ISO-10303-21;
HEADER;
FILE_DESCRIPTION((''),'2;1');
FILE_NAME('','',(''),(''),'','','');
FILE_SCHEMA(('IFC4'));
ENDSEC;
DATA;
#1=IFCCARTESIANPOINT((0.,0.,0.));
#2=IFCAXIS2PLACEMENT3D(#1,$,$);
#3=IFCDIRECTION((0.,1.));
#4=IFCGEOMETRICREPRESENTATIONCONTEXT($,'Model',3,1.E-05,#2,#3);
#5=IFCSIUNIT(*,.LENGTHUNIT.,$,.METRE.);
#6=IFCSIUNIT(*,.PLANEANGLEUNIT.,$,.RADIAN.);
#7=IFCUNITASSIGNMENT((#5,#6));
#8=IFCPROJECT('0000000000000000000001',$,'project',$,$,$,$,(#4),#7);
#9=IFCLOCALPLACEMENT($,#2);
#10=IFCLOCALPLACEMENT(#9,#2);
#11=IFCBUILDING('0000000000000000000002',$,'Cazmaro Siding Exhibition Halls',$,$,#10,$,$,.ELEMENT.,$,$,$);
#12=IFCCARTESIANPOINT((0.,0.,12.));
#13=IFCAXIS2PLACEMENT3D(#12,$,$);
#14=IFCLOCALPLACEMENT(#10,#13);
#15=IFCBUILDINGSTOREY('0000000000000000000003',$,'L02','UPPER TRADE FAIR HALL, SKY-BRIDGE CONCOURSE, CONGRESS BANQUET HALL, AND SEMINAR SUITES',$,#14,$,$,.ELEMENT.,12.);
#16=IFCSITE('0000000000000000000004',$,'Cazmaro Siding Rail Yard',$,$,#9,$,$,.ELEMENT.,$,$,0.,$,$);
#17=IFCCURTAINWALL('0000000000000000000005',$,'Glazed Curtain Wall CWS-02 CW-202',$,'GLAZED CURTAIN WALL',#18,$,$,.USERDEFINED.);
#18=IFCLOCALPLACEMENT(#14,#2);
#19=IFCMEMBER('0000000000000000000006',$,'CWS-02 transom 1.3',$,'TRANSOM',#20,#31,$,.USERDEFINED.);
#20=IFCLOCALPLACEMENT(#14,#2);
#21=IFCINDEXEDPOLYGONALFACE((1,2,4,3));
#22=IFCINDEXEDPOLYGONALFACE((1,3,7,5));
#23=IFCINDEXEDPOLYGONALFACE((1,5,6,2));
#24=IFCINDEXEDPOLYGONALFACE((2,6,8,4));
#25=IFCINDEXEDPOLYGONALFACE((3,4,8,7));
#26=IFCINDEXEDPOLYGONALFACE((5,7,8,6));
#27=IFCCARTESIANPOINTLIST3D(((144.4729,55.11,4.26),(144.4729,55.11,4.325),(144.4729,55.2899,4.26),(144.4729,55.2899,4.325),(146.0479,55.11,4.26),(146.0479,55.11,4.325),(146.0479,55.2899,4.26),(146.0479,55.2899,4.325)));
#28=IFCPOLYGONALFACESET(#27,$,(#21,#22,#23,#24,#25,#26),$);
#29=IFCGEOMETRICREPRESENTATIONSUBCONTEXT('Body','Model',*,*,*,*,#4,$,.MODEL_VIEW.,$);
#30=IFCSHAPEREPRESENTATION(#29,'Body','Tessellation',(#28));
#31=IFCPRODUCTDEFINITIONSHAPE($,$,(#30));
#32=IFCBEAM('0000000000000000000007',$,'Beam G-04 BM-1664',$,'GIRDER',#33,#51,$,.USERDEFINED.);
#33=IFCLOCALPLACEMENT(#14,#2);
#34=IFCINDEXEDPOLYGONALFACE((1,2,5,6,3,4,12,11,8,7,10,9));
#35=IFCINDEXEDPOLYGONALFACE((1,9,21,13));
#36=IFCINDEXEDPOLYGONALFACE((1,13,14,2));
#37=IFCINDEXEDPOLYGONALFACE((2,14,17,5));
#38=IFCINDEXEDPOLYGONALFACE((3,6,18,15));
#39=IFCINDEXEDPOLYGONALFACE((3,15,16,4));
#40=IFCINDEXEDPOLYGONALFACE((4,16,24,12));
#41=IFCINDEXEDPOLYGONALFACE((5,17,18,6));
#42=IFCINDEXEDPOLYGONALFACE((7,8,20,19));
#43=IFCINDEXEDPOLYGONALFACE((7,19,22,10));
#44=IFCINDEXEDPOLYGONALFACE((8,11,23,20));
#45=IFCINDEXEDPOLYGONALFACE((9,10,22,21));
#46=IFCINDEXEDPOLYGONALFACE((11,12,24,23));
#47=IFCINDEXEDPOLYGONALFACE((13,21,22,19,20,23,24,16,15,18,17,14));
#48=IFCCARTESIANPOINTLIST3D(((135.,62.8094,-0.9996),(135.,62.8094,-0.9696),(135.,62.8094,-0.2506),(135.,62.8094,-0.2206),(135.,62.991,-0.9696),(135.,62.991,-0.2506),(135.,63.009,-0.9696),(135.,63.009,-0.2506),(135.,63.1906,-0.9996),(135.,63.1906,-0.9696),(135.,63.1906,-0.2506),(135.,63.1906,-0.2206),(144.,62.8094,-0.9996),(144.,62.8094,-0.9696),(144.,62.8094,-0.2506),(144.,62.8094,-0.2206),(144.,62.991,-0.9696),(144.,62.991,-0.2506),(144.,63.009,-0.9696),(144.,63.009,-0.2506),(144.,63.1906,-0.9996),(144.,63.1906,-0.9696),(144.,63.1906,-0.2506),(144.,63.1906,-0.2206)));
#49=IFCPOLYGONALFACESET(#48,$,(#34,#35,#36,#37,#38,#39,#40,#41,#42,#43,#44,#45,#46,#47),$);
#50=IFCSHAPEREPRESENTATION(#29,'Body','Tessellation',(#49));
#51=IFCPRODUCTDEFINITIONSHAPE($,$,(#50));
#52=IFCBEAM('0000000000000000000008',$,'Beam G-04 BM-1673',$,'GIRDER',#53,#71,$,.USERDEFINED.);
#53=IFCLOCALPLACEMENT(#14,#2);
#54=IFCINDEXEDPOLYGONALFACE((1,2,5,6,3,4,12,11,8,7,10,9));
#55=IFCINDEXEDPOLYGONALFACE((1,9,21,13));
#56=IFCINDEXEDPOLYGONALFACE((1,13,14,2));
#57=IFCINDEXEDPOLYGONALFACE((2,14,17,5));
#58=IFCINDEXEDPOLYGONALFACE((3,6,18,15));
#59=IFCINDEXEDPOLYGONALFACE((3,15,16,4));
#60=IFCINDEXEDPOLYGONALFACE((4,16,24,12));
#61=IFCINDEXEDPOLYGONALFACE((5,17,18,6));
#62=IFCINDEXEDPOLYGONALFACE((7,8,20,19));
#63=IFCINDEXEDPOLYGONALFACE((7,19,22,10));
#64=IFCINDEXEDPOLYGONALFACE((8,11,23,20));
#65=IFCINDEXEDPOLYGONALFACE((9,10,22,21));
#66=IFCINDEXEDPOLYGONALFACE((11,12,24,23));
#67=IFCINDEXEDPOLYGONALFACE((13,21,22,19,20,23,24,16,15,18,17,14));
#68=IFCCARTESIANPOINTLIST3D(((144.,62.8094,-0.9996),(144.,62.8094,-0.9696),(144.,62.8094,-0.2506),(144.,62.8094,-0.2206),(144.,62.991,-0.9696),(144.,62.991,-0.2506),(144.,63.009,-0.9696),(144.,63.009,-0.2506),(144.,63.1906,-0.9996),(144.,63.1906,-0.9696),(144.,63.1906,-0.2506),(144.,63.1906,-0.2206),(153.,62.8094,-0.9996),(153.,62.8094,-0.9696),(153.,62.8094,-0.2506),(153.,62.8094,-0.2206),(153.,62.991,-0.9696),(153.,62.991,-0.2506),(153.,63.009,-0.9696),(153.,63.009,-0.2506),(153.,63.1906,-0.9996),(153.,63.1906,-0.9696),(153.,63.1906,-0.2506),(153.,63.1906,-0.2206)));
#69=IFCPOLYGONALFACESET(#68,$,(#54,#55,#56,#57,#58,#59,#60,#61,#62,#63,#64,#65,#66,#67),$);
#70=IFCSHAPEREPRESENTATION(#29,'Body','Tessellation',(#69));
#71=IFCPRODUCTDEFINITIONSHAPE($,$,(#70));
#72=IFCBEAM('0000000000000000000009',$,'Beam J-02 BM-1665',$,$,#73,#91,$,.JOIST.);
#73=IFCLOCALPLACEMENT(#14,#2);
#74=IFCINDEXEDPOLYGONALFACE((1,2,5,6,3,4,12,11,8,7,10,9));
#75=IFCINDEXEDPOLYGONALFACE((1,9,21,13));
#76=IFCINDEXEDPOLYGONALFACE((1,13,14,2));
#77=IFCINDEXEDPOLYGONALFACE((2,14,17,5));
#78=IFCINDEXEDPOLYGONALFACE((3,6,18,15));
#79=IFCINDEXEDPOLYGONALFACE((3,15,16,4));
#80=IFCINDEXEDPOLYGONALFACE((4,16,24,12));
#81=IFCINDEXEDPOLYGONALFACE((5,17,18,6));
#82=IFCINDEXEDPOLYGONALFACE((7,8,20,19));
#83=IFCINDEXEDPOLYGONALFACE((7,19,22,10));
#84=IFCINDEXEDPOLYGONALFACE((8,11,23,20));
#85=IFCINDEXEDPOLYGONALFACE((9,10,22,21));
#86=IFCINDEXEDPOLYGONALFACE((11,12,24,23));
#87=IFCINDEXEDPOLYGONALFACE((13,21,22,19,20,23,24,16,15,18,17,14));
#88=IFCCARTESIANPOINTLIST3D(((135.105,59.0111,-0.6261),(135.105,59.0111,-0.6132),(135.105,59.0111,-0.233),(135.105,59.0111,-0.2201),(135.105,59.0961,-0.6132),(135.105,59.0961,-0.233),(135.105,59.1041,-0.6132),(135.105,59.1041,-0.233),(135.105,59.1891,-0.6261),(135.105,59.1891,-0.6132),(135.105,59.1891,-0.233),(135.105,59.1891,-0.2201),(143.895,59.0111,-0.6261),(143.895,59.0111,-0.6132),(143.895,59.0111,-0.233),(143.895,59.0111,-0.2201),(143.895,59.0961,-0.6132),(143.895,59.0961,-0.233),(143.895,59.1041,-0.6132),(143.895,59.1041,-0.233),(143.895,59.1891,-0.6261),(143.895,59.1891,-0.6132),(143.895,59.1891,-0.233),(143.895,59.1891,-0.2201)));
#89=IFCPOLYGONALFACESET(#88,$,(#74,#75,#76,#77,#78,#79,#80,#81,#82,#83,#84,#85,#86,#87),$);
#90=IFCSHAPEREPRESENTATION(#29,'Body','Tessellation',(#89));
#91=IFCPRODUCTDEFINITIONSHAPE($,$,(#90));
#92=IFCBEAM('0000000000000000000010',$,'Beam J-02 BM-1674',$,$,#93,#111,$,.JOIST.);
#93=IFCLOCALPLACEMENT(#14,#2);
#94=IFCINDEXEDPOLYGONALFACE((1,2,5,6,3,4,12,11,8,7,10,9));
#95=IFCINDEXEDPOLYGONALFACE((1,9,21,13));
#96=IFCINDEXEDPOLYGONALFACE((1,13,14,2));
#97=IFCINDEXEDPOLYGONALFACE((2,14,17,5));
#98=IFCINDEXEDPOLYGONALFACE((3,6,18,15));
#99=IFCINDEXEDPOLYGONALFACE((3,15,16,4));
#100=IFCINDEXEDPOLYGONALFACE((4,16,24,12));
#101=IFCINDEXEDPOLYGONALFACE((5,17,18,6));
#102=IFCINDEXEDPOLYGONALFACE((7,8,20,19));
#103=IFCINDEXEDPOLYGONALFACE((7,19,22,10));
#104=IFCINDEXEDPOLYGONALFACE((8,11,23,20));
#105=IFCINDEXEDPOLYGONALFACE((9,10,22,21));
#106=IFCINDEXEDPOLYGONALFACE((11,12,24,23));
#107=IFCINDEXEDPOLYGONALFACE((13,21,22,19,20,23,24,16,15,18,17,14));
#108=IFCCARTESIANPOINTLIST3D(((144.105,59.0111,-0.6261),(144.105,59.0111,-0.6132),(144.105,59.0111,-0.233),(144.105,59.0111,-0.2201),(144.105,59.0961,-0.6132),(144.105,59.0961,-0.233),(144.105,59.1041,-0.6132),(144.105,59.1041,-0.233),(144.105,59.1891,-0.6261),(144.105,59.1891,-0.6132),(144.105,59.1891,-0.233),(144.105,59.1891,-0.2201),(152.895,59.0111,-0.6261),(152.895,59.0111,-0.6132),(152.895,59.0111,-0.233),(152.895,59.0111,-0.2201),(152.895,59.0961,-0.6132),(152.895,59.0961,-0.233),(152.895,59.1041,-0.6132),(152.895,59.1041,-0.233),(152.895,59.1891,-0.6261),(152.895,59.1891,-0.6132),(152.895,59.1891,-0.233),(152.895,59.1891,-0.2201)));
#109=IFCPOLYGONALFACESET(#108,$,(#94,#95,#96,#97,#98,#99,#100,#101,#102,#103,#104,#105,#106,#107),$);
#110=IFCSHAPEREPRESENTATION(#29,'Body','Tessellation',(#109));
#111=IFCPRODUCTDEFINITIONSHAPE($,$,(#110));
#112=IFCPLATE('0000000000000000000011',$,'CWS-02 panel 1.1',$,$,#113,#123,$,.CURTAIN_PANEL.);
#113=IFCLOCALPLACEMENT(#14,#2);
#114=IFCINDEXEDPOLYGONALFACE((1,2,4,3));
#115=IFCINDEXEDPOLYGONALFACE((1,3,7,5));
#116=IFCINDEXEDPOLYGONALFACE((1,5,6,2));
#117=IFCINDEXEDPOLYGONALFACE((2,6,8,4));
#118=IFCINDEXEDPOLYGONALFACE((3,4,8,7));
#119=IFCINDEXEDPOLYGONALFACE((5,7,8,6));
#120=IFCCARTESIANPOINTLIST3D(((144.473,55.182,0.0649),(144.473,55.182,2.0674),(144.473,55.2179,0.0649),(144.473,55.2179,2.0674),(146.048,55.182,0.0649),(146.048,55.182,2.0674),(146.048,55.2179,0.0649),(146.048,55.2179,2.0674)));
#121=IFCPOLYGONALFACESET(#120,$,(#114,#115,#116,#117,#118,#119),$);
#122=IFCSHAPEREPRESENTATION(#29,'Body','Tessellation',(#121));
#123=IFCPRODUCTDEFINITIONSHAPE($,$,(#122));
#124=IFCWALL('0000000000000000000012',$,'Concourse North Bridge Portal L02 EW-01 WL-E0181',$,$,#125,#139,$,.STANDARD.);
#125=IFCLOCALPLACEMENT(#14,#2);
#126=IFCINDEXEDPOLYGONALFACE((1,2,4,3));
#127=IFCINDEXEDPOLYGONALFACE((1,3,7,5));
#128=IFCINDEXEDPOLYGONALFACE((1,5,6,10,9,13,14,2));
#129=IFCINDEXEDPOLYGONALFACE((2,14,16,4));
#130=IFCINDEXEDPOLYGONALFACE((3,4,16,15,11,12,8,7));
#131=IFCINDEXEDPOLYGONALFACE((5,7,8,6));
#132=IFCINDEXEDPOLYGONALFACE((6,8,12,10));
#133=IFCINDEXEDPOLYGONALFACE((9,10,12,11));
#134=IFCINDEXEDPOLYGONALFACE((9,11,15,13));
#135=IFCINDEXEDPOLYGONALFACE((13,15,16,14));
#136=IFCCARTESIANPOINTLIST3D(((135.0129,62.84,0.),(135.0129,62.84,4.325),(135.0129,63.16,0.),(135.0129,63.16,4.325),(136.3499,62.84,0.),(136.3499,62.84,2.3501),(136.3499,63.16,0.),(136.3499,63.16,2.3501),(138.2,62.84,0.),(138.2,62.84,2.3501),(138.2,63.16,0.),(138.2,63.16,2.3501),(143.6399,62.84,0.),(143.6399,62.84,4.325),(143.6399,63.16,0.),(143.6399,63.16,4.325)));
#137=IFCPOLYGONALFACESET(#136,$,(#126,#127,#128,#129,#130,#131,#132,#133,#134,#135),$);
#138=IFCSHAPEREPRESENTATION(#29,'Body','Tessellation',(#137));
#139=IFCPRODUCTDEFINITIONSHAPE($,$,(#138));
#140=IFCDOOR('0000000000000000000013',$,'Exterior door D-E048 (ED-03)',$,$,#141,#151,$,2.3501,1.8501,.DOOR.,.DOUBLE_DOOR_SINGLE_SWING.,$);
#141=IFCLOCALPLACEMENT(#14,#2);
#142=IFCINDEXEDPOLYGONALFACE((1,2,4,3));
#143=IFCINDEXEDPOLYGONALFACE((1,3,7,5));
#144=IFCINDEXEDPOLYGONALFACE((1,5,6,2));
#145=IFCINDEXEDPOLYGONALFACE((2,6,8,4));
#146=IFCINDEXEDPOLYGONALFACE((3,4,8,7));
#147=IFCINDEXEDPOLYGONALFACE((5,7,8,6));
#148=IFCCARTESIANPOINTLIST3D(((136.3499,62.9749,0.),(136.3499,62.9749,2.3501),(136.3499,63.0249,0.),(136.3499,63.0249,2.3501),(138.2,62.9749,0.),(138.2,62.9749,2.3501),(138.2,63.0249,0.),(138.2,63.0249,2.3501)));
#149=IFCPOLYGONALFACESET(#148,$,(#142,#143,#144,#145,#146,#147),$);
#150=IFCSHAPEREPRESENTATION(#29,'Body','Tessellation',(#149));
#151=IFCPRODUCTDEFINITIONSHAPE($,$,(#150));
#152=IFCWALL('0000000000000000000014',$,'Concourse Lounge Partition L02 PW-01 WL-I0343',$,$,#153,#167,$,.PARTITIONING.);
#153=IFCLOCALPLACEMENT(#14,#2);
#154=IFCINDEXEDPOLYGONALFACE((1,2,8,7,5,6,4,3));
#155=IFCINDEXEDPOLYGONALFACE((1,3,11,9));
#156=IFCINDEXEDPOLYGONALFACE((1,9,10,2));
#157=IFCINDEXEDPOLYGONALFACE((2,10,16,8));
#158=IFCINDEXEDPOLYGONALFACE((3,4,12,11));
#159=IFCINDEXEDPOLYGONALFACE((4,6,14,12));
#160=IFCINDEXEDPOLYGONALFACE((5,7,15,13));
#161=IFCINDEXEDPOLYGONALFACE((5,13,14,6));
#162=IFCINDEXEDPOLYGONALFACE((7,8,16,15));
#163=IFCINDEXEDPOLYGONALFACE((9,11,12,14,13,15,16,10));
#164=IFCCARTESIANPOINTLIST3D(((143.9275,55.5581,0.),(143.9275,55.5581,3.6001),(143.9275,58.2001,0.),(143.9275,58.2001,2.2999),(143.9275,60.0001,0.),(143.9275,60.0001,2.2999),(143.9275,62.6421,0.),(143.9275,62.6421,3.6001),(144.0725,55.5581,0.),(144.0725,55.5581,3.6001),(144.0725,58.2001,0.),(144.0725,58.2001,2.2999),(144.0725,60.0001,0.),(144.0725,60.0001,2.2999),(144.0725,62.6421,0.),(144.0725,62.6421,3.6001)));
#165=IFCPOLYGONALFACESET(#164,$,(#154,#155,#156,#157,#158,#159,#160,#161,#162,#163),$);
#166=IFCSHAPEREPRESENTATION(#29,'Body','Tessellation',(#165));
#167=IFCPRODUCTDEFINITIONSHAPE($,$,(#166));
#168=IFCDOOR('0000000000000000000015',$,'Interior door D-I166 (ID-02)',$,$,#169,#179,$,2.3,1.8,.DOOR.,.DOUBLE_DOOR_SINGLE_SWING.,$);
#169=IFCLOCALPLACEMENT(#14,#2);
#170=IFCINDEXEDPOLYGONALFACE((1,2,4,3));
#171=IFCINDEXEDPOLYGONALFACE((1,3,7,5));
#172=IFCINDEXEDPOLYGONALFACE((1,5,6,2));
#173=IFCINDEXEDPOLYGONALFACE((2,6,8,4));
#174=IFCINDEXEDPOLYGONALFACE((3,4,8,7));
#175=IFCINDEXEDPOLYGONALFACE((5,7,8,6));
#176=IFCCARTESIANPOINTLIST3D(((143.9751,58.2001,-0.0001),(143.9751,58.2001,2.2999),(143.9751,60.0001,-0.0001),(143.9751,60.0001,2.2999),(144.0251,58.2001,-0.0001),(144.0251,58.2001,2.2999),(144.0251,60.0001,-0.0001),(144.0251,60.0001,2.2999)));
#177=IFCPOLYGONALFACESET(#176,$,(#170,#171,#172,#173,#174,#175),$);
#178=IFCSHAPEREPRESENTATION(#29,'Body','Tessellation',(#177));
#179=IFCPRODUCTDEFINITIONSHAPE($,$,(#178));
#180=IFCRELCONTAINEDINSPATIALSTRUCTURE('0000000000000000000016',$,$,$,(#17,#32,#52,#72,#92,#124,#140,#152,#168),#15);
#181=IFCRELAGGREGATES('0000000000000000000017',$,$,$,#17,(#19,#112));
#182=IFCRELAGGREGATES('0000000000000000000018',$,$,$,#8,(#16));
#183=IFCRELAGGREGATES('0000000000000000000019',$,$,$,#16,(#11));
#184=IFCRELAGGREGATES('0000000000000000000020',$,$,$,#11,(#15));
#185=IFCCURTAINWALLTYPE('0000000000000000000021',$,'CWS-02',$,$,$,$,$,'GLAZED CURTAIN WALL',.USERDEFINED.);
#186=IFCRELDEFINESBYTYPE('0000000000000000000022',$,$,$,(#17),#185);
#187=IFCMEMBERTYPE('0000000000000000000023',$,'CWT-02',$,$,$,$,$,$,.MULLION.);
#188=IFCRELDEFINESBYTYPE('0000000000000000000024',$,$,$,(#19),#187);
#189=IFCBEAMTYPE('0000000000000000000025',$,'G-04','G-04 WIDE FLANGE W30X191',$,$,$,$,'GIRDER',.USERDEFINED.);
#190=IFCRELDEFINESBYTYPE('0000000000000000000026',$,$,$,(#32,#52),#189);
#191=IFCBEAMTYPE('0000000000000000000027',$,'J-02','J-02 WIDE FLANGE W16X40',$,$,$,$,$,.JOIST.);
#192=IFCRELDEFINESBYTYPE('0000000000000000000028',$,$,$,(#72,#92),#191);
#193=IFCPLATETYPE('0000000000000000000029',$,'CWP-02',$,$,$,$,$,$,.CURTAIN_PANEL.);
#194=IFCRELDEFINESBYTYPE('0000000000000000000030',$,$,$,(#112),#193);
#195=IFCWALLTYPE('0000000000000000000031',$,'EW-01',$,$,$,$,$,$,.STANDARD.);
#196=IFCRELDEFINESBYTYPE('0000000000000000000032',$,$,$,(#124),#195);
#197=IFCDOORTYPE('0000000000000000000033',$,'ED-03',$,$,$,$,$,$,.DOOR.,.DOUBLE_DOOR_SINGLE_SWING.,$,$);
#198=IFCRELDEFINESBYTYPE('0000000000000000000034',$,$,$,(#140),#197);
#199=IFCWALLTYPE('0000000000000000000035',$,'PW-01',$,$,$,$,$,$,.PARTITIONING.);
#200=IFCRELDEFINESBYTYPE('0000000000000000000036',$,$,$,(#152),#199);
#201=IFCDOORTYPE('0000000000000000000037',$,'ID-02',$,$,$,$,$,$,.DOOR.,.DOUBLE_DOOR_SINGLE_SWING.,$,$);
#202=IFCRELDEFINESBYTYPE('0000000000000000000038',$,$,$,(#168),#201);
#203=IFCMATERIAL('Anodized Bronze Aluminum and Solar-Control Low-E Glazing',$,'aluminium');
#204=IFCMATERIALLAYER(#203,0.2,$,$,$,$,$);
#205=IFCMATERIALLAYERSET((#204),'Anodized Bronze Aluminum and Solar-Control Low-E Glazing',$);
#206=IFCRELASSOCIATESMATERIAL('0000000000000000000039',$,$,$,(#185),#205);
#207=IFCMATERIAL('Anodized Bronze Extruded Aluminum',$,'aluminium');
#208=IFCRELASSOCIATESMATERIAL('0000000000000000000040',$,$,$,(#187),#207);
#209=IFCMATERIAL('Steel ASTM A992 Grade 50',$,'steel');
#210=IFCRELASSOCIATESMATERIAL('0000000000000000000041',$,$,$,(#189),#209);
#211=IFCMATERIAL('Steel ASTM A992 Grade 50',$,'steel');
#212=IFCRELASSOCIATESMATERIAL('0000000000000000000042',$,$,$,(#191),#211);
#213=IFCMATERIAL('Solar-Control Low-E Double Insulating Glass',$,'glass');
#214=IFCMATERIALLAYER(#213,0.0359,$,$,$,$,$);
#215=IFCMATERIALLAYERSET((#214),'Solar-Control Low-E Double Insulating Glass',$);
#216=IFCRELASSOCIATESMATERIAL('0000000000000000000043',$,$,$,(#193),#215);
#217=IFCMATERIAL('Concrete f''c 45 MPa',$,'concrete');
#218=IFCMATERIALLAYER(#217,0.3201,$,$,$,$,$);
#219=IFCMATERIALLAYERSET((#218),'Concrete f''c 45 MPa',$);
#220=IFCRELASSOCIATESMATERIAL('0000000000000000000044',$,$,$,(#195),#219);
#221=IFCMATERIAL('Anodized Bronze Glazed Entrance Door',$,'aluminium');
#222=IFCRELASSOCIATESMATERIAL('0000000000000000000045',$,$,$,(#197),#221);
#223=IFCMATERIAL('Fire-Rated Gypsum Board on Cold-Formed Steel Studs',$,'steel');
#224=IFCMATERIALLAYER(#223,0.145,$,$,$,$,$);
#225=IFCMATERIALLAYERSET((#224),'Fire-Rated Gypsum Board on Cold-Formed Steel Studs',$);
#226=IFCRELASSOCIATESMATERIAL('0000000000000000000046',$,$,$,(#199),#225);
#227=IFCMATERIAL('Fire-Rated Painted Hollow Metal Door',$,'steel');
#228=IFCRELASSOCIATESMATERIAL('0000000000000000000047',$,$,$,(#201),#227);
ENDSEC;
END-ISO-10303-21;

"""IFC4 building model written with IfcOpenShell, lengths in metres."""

from ifc_helpers import new_model, si_unit, direction, frame, frame_2d, origin, origin_2d, place, context, subcontext, project, spatial, rectangle, i_section, extrude, material, layer, layer_set, material_profile, profile_set, type_object, element, fill, aggregate, save


model = new_model("IFC4")

# Units and contexts
model_context = context("Model", 3, precision=1e-05, world=origin(), true_north=direction((0.0, 1.0)))
body_context = subcontext(model_context, "Body", "Model", "MODEL_VIEW")
ifc_project = project(units=[si_unit("LENGTHUNIT", "METRE"), si_unit("PLANEANGLEUNIT", "RADIAN")], contexts=[model_context])

# Site, building, storey
site_placement = place(None, origin())
site = spatial("IfcSite", under=ifc_project, at=site_placement, Name="Cazmaro Siding Rail Yard", CompositionType="ELEMENT", RefElevation=0.0)
building_placement = place(site_placement, origin())
building = spatial("IfcBuilding", under=site, at=building_placement, Name="Cazmaro Siding Exhibition Halls", CompositionType="ELEMENT")
storey_placement = place(building_placement, frame((0.0, 0.0, 12.0)))
storey = spatial("IfcBuildingStorey", under=building, at=storey_placement, Name="L02", Description="UPPER TRADE FAIR HALL, SKY-BRIDGE CONCOURSE, CONGRESS BANQUET HALL, AND SEMINAR SUITES", CompositionType="ELEMENT", Elevation=12.0)

# Curtain wall
ifc_material_1 = material(Name="Anodized Bronze Aluminum and Solar-Control Low-E Glazing", Category="aluminium")
ifc_layer_1 = layer(ifc_material_1, 0.2)
ifc_layer_set_1 = layer_set([ifc_layer_1], Name="Anodized Bronze Aluminum and Solar-Control Low-E Glazing")
curtain_wall_type = type_object("IfcCurtainWallType", Name="CWS-02", ElementType="GLAZED CURTAIN WALL", PredefinedType="USERDEFINED", material=ifc_layer_set_1)
curtain_wall_1_placement = place(storey_placement, origin())
curtain_wall_1 = element("IfcCurtainWall", 1, at=curtain_wall_1_placement, inside=storey, type_object=curtain_wall_type, Name="Glazed Curtain Wall CWS-02 CW-202", ObjectType="GLAZED CURTAIN WALL", PredefinedType="USERDEFINED")

# Member
ifc_material_2 = material(Name="Anodized Bronze Extruded Aluminum", Category="aluminium")
ifc_material_profile_1 = material_profile(ifc_material_2, rectangle(XDim=0.1799, YDim=0.0649, at=origin_2d()), Name="CWT-02")
ifc_profile_set_1 = profile_set([ifc_material_profile_1], Name="Anodized Bronze Extruded Aluminum")
member_type_1 = type_object("IfcMemberType", Name="CWT-02", PredefinedType="MULLION", material=ifc_profile_set_1)
member_1_placement = place(storey_placement, frame((144.4729, 55.2, 4.2925), z_axis=(1.0, 0.0, 0.0), x_axis=(0.0, 1.0, 0.0)))
member_1 = element("IfcMember", 2, at=member_1_placement, type_object=member_type_1, Name="CWS-02 transom 1.3", ObjectType="TRANSOM", PredefinedType="USERDEFINED", context=body_context, shape_type="SweptSolid", body=[
    extrude(rectangle(XDim=0.1799, YDim=0.0649, at=origin_2d()), origin(), (0.0, 0.0, 1.0), 1.575),
])

# Beams
ifc_material_3 = material(Name="Steel ASTM A992 Grade 50", Category="steel")
ifc_material_profile_2 = material_profile(ifc_material_3, i_section(OverallWidth=0.3811, OverallDepth=0.7791, WebThickness=0.0181, FlangeThickness=0.03, at=origin_2d()), Name="W30X191")
ifc_profile_set_2 = profile_set([ifc_material_profile_2], Name="Steel ASTM A992 Grade 50")
beam_type_1 = type_object("IfcBeamType", Name="G-04", Description="G-04 WIDE FLANGE W30X191", ElementType="GIRDER", PredefinedType="USERDEFINED", material=ifc_profile_set_2)
for number, where, z_axis, x_axis, name in (
    (3, (135.0, 63.0, -0.6101), (1.0, 0.0, 0.0), (0.0, 1.0, 0.0), "Beam G-04 BM-1664"),
    (4, (144.0, 63.0, -0.6101), (1.0, 0.0, 0.0), (0.0, 1.0, 0.0), "Beam G-04 BM-1673"),
):
    element("IfcBeam", number, at=place(storey_placement, frame(where, z_axis=z_axis, x_axis=x_axis)), inside=storey, type_object=beam_type_1, Name=name, ObjectType="GIRDER", PredefinedType="USERDEFINED", context=body_context, shape_type="SweptSolid", body=[
        extrude(i_section(OverallWidth=0.3811, OverallDepth=0.7791, WebThickness=0.0181, FlangeThickness=0.03, at=origin_2d()), origin(), (0.0, 0.0, 1.0), 9.0),
    ])
ifc_material_4 = material(Name="Steel ASTM A992 Grade 50", Category="steel")
ifc_material_profile_3 = material_profile(ifc_material_4, i_section(OverallWidth=0.178, OverallDepth=0.406, WebThickness=0.0081, FlangeThickness=0.0129, at=origin_2d()), Name="W16X40")
ifc_profile_set_3 = profile_set([ifc_material_profile_3], Name="Steel ASTM A992 Grade 50")
beam_type_2 = type_object("IfcBeamType", Name="J-02", Description="J-02 WIDE FLANGE W16X40", PredefinedType="JOIST", material=ifc_profile_set_3)
for number, where, z_axis, x_axis, name in (
    (5, (135.105, 59.1001, -0.4231), (1.0, 0.0, 0.0), (0.0, 1.0, 0.0), "Beam J-02 BM-1665"),
    (6, (144.105, 59.1001, -0.4231), (1.0, 0.0, 0.0), (0.0, 1.0, 0.0), "Beam J-02 BM-1674"),
):
    element("IfcBeam", number, at=place(storey_placement, frame(where, z_axis=z_axis, x_axis=x_axis)), inside=storey, type_object=beam_type_2, Name=name, PredefinedType="JOIST", context=body_context, shape_type="SweptSolid", body=[
        extrude(i_section(OverallWidth=0.178, OverallDepth=0.406, WebThickness=0.0081, FlangeThickness=0.0129, at=origin_2d()), origin(), (0.0, 0.0, 1.0), 8.79),
    ])

# Plate
ifc_material_5 = material(Name="Solar-Control Low-E Double Insulating Glass", Category="glass")
ifc_layer_2 = layer(ifc_material_5, 0.0359)
ifc_layer_set_2 = layer_set([ifc_layer_2], Name="Solar-Control Low-E Double Insulating Glass")
plate_type = type_object("IfcPlateType", Name="CWP-02", PredefinedType="CURTAIN_PANEL", material=ifc_layer_set_2)
plate_placement = place(storey_placement, frame((145.2605, 55.2, 0.0649), z_axis=(0.0, 0.0, 1.0), x_axis=(1.0, 0.0, 0.0)))
plate = element("IfcPlate", 7, at=plate_placement, type_object=plate_type, Name="CWS-02 panel 1.1", PredefinedType="CURTAIN_PANEL", context=body_context, shape_type="SweptSolid", body=[
    extrude(rectangle(XDim=1.575, YDim=0.0359, at=origin_2d()), origin(), (0.0, 0.0, 1.0), 2.0024),
])
aggregate(curtain_wall_1, [member_1, plate])

# Walls, openings, doors
ifc_material_6 = material(Name="Concrete f'c 45 MPa", Category="concrete")
ifc_layer_3 = layer(ifc_material_6, 0.3201)
ifc_layer_set_3 = layer_set([ifc_layer_3], Name="Concrete f'c 45 MPa")
wall_type_1 = type_object("IfcWallType", Name="EW-01", PredefinedType="STANDARD", material=ifc_layer_set_3)
wall_1_placement = place(storey_placement, frame((135.0129, 63.0, 0.0), z_axis=(0.0, 0.0, 1.0), x_axis=(1.0, 0.0, 0.0)))
wall_1 = element("IfcWall", 8, at=wall_1_placement, inside=storey, type_object=wall_type_1, Name="Concourse North Bridge Portal L02 EW-01 WL-E0181", PredefinedType="STANDARD", context=body_context, shape_type="SweptSolid", body=[
    extrude(rectangle(XDim=8.627, YDim=0.3201, at=frame_2d((4.3135, 0.0))), origin(), (0.0, 0.0, 1.0), 4.325),
])
opening_1_placement = place(wall_1_placement, frame((1.3369, 0.0, 0.0)))
opening_1 = element("IfcOpeningElement", 9, at=opening_1_placement, cuts=wall_1, PredefinedType="OPENING", context=body_context, shape_type="SweptSolid", body=[
    extrude(rectangle(XDim=1.8501, YDim=2.3501, at=frame_2d((0.925, 1.175))), frame((0.0, 0.1699, 0.0), z_axis=(0.0, -1.0, 0.0), x_axis=(1.0, 0.0, 0.0)), (0.0, 0.0, 1.0), 0.3401),
])
ifc_material_7 = material(Name="Anodized Bronze Glazed Entrance Door", Category="aluminium")
door_type_1 = type_object("IfcDoorType", Name="ED-03", OperationType="DOUBLE_DOOR_SINGLE_SWING", PredefinedType="DOOR", material=ifc_material_7)
door_1_placement = place(opening_1_placement, origin())
door_1 = element("IfcDoor", 10, at=door_1_placement, inside=storey, type_object=door_type_1, Name="Exterior door D-E048 (ED-03)", OperationType="DOUBLE_DOOR_SINGLE_SWING", OverallHeight=2.3501, OverallWidth=1.8501, PredefinedType="DOOR", context=body_context, shape_type="SweptSolid", body=[
    extrude(rectangle(XDim=1.8501, YDim=2.3501, at=frame_2d((0.925, 1.175))), frame((0.0, 0.0249, 0.0), z_axis=(0.0, -1.0, 0.0), x_axis=(1.0, 0.0, 0.0)), (0.0, 0.0, 1.0), 0.05),
])
fill(opening_1, door_1)
ifc_material_8 = material(Name="Fire-Rated Gypsum Board on Cold-Formed Steel Studs", Category="steel")
ifc_layer_4 = layer(ifc_material_8, 0.145)
ifc_layer_set_4 = layer_set([ifc_layer_4], Name="Fire-Rated Gypsum Board on Cold-Formed Steel Studs")
wall_type_2 = type_object("IfcWallType", Name="PW-01", PredefinedType="PARTITIONING", material=ifc_layer_set_4)
wall_2_placement = place(storey_placement, frame((144.0, 55.5581, 0.0), z_axis=(0.0, 0.0, 1.0), x_axis=(0.0, 1.0, 0.0)))
wall_2 = element("IfcWall", 11, at=wall_2_placement, inside=storey, type_object=wall_type_2, Name="Concourse Lounge Partition L02 PW-01 WL-I0343", PredefinedType="PARTITIONING", context=body_context, shape_type="SweptSolid", body=[
    extrude(rectangle(XDim=7.084, YDim=0.145, at=frame_2d((3.542, 0.0))), origin(), (0.0, 0.0, 1.0), 3.6001),
])
opening_2_placement = place(wall_2_placement, frame((2.6421, 0.0, 0.0)))
opening_2 = element("IfcOpeningElement", 12, at=opening_2_placement, cuts=wall_2, PredefinedType="OPENING", context=body_context, shape_type="SweptSolid", body=[
    extrude(rectangle(XDim=1.8, YDim=2.3, at=frame_2d((0.8999, 1.1499))), frame((0.0, 0.0825, 0.0), z_axis=(0.0, -1.0, 0.0), x_axis=(1.0, 0.0, 0.0)), (0.0, 0.0, 1.0), 0.165),
])
ifc_material_9 = material(Name="Fire-Rated Painted Hollow Metal Door", Category="steel")
door_type_2 = type_object("IfcDoorType", Name="ID-02", OperationType="DOUBLE_DOOR_SINGLE_SWING", PredefinedType="DOOR", material=ifc_material_9)
door_2_placement = place(opening_2_placement, origin())
door_2 = element("IfcDoor", 13, at=door_2_placement, inside=storey, type_object=door_type_2, Name="Interior door D-I166 (ID-02)", OperationType="DOUBLE_DOOR_SINGLE_SWING", OverallHeight=2.3, OverallWidth=1.8, PredefinedType="DOOR", context=body_context, shape_type="SweptSolid", body=[
    extrude(rectangle(XDim=1.8, YDim=2.3, at=frame_2d((0.8999, 1.1499))), frame((0.0, 0.0249, 0.0), z_axis=(0.0, -1.0, 0.0), x_axis=(1.0, 0.0, 0.0)), (0.0, 0.0, 1.0), 0.05),
])
fill(opening_2, door_2)

save(model, "model.ifc")
